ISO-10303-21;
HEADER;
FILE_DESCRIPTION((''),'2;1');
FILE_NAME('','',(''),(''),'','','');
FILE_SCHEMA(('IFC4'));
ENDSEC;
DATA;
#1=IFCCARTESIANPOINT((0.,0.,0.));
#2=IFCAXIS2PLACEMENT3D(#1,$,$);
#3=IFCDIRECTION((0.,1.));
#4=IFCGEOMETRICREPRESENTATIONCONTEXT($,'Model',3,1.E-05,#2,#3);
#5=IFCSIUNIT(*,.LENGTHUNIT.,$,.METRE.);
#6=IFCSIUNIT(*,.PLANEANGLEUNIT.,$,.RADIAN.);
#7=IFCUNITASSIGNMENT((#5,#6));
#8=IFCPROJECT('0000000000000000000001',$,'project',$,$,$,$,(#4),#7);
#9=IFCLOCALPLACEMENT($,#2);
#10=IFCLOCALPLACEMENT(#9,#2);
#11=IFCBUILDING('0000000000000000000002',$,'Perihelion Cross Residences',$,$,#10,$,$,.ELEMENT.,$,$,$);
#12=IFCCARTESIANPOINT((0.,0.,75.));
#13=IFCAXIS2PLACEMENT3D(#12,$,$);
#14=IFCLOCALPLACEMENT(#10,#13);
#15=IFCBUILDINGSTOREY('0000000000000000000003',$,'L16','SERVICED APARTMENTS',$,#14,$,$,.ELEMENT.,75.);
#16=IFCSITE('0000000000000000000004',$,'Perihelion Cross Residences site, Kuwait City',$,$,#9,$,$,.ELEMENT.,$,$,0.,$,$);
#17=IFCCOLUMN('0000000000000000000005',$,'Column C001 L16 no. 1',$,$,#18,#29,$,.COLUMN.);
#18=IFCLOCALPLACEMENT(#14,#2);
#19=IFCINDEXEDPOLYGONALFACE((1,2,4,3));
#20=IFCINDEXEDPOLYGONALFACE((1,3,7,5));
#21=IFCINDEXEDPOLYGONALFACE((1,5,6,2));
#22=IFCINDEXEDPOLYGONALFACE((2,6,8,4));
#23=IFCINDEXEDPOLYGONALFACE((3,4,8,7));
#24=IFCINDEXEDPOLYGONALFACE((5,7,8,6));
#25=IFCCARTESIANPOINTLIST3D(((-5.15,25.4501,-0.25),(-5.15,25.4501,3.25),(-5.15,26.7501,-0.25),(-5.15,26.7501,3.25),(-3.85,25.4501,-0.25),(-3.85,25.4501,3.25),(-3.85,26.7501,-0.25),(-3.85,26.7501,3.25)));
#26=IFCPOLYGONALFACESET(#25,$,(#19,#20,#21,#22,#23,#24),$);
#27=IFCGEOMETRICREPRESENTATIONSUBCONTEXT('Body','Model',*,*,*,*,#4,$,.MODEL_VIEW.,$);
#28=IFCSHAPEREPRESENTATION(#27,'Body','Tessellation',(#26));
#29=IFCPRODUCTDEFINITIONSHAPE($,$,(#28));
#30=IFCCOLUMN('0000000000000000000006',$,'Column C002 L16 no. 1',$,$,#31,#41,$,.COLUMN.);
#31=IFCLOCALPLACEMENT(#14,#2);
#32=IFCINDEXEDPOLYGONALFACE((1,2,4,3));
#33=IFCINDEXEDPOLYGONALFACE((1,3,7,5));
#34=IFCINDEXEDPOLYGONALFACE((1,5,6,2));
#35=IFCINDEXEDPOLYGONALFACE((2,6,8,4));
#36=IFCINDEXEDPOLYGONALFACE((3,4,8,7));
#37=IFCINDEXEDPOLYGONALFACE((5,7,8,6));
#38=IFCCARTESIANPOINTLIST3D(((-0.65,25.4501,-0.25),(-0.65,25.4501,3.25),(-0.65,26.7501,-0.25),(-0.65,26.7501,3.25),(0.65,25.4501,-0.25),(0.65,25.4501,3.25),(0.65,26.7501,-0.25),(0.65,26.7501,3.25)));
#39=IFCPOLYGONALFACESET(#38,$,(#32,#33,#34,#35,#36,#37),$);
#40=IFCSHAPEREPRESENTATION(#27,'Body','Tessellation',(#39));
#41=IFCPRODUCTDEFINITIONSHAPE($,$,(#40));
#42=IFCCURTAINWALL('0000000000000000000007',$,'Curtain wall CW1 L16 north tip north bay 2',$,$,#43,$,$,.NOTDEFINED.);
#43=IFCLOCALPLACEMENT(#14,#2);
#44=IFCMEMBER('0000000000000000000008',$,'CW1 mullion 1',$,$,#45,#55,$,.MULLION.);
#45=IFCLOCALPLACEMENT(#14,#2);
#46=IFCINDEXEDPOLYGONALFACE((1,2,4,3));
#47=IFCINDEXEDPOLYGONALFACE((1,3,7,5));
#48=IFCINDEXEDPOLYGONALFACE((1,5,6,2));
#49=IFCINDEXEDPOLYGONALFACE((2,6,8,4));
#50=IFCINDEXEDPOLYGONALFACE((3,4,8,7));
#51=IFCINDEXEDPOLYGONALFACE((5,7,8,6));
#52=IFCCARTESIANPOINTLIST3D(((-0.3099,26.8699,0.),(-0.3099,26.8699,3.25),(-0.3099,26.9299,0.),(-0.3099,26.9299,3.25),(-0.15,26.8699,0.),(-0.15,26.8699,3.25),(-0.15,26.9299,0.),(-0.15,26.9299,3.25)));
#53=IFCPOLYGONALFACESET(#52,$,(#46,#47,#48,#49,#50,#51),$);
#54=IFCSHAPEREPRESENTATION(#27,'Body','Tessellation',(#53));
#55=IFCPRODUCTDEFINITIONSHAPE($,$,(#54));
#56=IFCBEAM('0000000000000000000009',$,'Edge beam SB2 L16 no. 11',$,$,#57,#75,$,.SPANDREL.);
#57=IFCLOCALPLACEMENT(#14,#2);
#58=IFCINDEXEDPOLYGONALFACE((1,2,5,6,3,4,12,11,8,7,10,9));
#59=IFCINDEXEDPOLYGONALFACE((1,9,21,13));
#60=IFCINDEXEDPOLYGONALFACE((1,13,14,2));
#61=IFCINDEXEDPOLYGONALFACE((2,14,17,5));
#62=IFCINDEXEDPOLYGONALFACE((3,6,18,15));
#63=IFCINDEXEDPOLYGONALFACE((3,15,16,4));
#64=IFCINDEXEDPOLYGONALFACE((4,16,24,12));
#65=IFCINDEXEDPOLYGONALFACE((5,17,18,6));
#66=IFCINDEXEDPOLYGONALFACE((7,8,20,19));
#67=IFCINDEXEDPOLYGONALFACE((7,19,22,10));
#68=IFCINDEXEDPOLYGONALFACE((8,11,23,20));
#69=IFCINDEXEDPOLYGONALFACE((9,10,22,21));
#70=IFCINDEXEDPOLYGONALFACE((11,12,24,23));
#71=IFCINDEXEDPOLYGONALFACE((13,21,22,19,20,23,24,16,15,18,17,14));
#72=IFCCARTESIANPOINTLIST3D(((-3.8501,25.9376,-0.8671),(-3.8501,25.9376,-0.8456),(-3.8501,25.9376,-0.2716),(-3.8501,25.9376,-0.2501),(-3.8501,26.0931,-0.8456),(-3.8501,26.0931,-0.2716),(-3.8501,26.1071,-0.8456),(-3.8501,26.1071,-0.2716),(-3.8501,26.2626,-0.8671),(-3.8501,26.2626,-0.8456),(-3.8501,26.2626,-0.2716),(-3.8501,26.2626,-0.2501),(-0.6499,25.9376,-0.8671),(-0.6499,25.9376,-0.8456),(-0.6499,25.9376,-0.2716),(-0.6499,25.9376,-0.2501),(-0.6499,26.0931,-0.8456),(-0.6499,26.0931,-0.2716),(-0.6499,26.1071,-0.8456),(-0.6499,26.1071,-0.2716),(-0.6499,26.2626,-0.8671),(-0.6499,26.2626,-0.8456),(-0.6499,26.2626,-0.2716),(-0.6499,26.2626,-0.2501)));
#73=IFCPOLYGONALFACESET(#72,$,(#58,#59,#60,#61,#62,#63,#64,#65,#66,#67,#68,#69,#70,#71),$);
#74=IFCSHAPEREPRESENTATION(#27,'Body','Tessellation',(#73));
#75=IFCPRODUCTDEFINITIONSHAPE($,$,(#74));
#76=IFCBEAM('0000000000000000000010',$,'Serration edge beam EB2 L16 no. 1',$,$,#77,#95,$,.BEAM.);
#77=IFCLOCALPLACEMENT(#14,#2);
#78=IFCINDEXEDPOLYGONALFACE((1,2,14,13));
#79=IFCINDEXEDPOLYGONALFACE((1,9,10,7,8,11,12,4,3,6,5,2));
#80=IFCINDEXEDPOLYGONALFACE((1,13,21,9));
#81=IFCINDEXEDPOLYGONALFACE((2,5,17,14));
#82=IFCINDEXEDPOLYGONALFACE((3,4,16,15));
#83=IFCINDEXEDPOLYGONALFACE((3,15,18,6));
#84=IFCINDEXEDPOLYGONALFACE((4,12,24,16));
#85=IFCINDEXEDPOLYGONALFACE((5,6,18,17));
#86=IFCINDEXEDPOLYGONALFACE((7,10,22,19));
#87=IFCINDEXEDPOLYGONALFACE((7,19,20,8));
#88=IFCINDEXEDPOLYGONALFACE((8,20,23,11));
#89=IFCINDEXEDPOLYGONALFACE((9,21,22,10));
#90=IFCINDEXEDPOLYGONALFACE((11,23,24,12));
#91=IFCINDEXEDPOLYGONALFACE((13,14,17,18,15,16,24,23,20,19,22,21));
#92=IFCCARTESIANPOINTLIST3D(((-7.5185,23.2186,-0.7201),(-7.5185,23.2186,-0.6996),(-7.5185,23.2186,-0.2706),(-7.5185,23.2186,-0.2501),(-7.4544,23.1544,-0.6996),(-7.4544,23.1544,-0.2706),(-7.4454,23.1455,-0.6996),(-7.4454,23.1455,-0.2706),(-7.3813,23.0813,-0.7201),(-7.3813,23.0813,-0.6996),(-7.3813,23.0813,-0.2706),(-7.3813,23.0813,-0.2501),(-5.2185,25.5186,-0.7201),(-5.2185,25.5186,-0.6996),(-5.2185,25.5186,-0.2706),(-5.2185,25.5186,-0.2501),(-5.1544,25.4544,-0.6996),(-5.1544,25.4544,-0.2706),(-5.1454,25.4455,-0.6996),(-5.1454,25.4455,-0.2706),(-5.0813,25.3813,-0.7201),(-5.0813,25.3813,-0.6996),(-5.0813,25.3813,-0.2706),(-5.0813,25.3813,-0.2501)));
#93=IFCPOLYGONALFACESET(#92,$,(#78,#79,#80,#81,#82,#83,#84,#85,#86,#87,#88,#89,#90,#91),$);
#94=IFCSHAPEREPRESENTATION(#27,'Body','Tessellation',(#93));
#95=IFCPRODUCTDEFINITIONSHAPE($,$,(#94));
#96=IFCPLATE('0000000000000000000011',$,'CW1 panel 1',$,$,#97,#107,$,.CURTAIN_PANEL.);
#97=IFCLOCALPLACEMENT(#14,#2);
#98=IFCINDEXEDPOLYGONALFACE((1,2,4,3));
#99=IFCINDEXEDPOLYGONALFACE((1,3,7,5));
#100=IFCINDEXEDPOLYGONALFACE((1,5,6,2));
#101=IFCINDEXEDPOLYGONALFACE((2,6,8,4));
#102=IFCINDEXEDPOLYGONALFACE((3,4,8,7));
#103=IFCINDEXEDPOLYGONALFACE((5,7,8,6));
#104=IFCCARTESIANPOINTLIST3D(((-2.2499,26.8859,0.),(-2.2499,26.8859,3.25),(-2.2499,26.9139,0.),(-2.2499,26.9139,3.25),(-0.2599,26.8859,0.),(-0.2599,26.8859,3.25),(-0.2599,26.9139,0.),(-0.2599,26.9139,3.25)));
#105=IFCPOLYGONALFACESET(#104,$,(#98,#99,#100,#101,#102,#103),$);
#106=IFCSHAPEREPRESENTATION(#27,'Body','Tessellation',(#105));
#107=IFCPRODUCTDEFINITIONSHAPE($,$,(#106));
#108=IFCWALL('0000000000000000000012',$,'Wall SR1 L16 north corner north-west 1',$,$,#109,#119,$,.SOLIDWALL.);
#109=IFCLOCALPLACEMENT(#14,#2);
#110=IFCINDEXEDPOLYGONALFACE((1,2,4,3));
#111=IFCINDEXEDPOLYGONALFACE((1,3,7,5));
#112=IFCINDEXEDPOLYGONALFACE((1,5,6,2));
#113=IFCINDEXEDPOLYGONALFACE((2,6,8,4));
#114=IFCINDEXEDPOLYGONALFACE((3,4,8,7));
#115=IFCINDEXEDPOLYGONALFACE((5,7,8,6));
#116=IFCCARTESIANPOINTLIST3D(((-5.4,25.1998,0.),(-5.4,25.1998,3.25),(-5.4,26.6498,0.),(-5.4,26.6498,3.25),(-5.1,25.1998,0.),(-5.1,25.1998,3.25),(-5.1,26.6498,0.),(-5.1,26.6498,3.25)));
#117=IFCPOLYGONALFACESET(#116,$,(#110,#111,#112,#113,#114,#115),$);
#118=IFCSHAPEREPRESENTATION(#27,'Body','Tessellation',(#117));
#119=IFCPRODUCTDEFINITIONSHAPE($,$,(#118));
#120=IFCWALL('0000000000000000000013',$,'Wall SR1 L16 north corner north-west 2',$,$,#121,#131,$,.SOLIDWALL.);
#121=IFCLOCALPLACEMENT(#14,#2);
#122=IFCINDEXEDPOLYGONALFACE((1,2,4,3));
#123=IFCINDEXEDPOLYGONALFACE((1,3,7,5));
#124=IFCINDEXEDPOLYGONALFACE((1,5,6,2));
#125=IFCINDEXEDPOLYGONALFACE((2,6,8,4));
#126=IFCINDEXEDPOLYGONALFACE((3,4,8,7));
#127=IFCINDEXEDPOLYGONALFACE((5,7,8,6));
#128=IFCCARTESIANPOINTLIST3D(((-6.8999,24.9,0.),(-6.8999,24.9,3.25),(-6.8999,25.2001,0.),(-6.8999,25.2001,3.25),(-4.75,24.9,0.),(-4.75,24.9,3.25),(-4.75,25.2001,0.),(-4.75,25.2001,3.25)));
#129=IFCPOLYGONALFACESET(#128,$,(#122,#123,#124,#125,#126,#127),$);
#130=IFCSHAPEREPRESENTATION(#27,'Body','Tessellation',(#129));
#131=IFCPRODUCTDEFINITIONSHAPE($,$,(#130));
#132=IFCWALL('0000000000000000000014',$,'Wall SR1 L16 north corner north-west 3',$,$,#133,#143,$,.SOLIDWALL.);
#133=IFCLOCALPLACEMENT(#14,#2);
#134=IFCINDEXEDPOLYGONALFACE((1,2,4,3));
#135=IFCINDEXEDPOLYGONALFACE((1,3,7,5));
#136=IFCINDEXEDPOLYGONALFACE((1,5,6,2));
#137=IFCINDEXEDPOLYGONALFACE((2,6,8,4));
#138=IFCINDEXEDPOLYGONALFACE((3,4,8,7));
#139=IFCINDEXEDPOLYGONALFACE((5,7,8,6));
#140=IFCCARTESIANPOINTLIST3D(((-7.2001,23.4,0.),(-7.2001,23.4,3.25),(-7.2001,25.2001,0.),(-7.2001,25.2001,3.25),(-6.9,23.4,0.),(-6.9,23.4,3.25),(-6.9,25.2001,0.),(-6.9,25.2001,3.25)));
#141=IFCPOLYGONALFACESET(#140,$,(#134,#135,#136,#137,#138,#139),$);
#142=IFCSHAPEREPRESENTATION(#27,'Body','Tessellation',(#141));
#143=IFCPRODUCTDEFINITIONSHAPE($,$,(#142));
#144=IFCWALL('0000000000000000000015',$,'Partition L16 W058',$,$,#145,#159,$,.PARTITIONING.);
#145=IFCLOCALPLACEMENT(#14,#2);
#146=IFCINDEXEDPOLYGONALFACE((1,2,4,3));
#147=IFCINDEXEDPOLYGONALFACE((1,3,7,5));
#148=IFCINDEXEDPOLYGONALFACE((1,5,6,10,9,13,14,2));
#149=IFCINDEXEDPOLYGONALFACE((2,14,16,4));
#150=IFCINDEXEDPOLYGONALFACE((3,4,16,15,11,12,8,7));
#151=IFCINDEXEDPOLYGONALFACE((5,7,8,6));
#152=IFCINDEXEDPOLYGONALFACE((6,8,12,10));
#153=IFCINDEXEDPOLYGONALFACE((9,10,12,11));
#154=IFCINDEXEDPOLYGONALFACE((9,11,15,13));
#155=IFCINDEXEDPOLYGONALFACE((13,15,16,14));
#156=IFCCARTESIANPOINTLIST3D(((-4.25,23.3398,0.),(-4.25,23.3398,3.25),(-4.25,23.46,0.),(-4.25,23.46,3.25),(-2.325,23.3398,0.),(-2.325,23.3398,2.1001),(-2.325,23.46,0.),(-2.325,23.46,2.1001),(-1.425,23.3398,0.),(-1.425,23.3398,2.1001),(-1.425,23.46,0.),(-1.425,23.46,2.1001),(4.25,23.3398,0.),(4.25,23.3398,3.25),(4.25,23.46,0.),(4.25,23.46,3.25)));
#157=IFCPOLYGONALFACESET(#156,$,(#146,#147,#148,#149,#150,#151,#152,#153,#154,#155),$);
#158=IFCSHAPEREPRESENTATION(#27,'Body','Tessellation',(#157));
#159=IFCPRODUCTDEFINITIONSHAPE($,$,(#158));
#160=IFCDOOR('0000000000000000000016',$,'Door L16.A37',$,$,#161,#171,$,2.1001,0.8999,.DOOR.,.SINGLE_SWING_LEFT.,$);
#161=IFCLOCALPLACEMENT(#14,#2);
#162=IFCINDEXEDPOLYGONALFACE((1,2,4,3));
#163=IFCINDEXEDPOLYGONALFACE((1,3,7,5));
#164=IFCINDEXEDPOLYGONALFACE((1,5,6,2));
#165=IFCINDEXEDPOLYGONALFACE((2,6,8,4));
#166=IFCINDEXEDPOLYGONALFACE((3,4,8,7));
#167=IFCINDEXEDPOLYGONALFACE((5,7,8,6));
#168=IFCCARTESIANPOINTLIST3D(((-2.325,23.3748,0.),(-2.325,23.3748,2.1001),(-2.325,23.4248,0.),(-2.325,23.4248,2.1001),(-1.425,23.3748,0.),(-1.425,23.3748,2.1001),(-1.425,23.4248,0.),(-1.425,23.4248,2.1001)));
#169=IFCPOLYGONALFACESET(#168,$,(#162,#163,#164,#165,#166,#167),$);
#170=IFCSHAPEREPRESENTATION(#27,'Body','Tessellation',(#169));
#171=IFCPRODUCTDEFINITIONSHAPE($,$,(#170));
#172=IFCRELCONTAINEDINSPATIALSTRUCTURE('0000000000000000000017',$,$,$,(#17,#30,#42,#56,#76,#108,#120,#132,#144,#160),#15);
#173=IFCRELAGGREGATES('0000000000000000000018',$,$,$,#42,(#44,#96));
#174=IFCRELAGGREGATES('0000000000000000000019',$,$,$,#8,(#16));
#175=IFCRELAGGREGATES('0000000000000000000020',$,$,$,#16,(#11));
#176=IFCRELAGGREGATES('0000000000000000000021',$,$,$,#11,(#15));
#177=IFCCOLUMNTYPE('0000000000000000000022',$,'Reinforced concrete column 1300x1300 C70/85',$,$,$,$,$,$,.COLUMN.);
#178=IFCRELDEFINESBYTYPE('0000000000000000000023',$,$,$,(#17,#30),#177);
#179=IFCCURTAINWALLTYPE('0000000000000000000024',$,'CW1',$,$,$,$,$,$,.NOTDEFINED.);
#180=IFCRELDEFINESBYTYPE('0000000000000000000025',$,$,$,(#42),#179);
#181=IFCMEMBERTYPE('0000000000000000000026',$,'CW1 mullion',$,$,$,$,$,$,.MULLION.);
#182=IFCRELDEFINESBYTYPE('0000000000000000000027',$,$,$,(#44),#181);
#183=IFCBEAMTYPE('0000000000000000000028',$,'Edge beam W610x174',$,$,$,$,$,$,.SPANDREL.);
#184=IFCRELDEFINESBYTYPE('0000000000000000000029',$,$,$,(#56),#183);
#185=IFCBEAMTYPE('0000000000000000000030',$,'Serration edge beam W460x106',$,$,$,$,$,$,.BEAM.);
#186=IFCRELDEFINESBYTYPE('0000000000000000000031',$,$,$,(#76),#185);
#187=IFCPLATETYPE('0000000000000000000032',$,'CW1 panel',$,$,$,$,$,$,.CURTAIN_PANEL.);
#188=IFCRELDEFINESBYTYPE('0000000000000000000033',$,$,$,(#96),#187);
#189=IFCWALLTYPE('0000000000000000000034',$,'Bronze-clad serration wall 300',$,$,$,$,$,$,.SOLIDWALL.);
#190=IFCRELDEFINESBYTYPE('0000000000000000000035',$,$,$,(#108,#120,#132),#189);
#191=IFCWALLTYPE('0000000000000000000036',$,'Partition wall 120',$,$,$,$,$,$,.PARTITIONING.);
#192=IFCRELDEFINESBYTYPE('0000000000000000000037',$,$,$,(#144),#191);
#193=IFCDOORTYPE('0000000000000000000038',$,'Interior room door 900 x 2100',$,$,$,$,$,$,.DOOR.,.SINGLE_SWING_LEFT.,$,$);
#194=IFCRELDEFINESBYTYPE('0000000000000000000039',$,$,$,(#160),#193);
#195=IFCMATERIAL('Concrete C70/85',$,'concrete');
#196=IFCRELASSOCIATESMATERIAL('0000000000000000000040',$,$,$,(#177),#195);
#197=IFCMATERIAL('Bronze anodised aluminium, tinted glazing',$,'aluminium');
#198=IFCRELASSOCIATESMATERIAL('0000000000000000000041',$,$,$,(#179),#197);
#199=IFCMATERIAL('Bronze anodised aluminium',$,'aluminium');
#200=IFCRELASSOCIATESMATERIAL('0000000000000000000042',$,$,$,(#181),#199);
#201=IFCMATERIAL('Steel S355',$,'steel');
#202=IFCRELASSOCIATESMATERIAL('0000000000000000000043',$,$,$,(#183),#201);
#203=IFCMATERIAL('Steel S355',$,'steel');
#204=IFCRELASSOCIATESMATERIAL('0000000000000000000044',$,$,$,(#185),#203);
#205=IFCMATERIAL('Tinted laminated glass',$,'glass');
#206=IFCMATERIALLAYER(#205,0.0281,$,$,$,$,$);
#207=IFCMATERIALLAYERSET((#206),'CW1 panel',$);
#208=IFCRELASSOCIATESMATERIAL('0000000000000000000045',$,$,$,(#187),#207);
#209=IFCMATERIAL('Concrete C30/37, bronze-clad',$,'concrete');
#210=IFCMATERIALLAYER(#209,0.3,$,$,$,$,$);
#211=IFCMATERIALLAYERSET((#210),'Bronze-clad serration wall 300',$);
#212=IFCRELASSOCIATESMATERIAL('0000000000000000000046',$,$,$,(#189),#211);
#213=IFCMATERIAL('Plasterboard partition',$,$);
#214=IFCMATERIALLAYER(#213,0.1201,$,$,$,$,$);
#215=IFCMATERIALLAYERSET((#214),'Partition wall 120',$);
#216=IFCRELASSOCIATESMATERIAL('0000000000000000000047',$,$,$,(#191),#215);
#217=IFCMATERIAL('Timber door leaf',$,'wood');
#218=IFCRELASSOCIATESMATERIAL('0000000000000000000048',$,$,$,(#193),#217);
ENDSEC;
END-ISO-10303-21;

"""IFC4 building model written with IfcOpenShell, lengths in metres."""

from ifc_helpers import new_model, si_unit, direction, frame, frame_2d, origin, origin_2d, place, context, subcontext, project, spatial, rectangle, i_section, extrude, material, layer, layer_set, material_profile, profile_set, type_object, element, fill, aggregate, save


model = new_model("IFC4")

# Units and contexts
model_context = context("Model", 3, precision=1e-05, world=origin(), true_north=direction((0.0, 1.0)))
body_context = subcontext(model_context, "Body", "Model", "MODEL_VIEW")
ifc_project = project(units=[si_unit("LENGTHUNIT", "METRE"), si_unit("PLANEANGLEUNIT", "RADIAN")], contexts=[model_context])

# Site, building, storey
site_placement = place(None, origin())
site = spatial("IfcSite", under=ifc_project, at=site_placement, Name="Perihelion Cross Residences site, Kuwait City", CompositionType="ELEMENT", RefElevation=0.0)
building_placement = place(site_placement, origin())
building = spatial("IfcBuilding", under=site, at=building_placement, Name="Perihelion Cross Residences", CompositionType="ELEMENT")
storey_placement = place(building_placement, frame((0.0, 0.0, 75.0)))
storey = spatial("IfcBuildingStorey", under=building, at=storey_placement, Name="L16", Description="SERVICED APARTMENTS", CompositionType="ELEMENT", Elevation=75.0)

# Columns
ifc_material_1 = material(Name="Concrete C70/85", Category="concrete")
ifc_material_profile_1 = material_profile(ifc_material_1, rectangle(XDim=1.3, YDim=1.3, at=origin_2d()), Name="RC 1300x1300")
ifc_profile_set_1 = profile_set([ifc_material_profile_1], Name="Concrete C70/85")
column_type = type_object("IfcColumnType", Name="Reinforced concrete column 1300x1300 C70/85", PredefinedType="COLUMN", material=ifc_profile_set_1)
for number, where, z_axis, x_axis, name in (
    (1, (-4.5, 26.1001, -0.25), (0.0, 0.0, 1.0), (1.0, 0.0, 0.0), "Column C001 L16 no. 1"),
    (2, (0.0, 26.1001, -0.25), (0.0, 0.0, 1.0), (1.0, 0.0, 0.0), "Column C002 L16 no. 1"),
):
    element("IfcColumn", number, at=place(storey_placement, frame(where, z_axis=z_axis, x_axis=x_axis)), inside=storey, type_object=column_type, Name=name, PredefinedType="COLUMN", context=body_context, shape_type="SweptSolid", body=[
        extrude(rectangle(XDim=1.3, YDim=1.3, at=origin_2d()), origin(), (0.0, 0.0, 1.0), 3.5),
    ])

# Curtain wall, member
ifc_material_2 = material(Name="Bronze anodised aluminium, tinted glazing", Category="aluminium")
curtain_wall_type = type_object("IfcCurtainWallType", Name="CW1", PredefinedType="NOTDEFINED", material=ifc_material_2)
curtain_wall_placement = place(storey_placement, origin())
curtain_wall = element("IfcCurtainWall", 3, at=curtain_wall_placement, inside=storey, type_object=curtain_wall_type, Name="Curtain wall CW1 L16 north tip north bay 2", PredefinedType="NOTDEFINED")
ifc_material_3 = material(Name="Bronze anodised aluminium", Category="aluminium")
ifc_material_profile_2 = material_profile(ifc_material_3, rectangle(XDim=0.0601, YDim=0.1599, at=origin_2d()), Name="CW1 mullion")
ifc_profile_set_2 = profile_set([ifc_material_profile_2], Name="Bronze anodised aluminium")
member_type = type_object("IfcMemberType", Name="CW1 mullion", PredefinedType="MULLION", material=ifc_profile_set_2)
member_placement = place(storey_placement, frame((-0.23, 26.8999, 0.0), z_axis=(0.0, 0.0, 1.0), x_axis=(0.0, -1.0, 0.0)))
member = element("IfcMember", 4, at=member_placement, type_object=member_type, Name="CW1 mullion 1", PredefinedType="MULLION", context=body_context, shape_type="SweptSolid", body=[
    extrude(rectangle(XDim=0.0601, YDim=0.1599, at=origin_2d()), origin(), (0.0, 0.0, 1.0), 3.25),
])

# Beams
ifc_material_4 = material(Name="Steel S355", Category="steel")
ifc_material_profile_3 = material_profile(ifc_material_4, i_section(OverallWidth=0.325, OverallDepth=0.6169, WebThickness=0.0139, FlangeThickness=0.0215, at=origin_2d()), Name="W610x174")
ifc_profile_set_3 = profile_set([ifc_material_profile_3], Name="Steel S355")
beam_type_1 = type_object("IfcBeamType", Name="Edge beam W610x174", PredefinedType="SPANDREL", material=ifc_profile_set_3)
beam_1_placement = place(storey_placement, frame((-0.6499, 26.1001, -0.5586), z_axis=(-1.0, 0.0, 0.0), x_axis=(0.0, -1.0, 0.0)))
element("IfcBeam", 5, at=beam_1_placement, inside=storey, type_object=beam_type_1, Name="Edge beam SB2 L16 no. 11", PredefinedType="SPANDREL", context=body_context, shape_type="SweptSolid", body=[
    extrude(i_section(OverallWidth=0.325, OverallDepth=0.6169, WebThickness=0.0139, FlangeThickness=0.0215, at=origin_2d()), origin(), (0.0, 0.0, 1.0), 3.2002),
])
ifc_material_5 = material(Name="Steel S355", Category="steel")
ifc_material_profile_4 = material_profile(ifc_material_5, i_section(OverallWidth=0.1941, OverallDepth=0.47, WebThickness=0.0127, FlangeThickness=0.0205, at=origin_2d()), Name="W460x106")
ifc_profile_set_4 = profile_set([ifc_material_profile_4], Name="Steel S355")
beam_type_2 = type_object("IfcBeamType", Name="Serration edge beam W460x106", PredefinedType="BEAM", material=ifc_profile_set_4)
beam_2_placement = place(storey_placement, frame((-5.1499, 25.45, -0.4851), z_axis=(-0.707107, -0.707107, 0.0), x_axis=(0.707107, -0.707107, 0.0)))
element("IfcBeam", 6, at=beam_2_placement, inside=storey, type_object=beam_type_2, Name="Serration edge beam EB2 L16 no. 1", PredefinedType="BEAM", context=body_context, shape_type="SweptSolid", body=[
    extrude(i_section(OverallWidth=0.1941, OverallDepth=0.47, WebThickness=0.0127, FlangeThickness=0.0205, at=origin_2d()), origin(), (0.0, 0.0, 1.0), 3.2527),
])

# Plate
ifc_material_6 = material(Name="Tinted laminated glass", Category="glass")
ifc_layer_1 = layer(ifc_material_6, 0.0281)
ifc_layer_set_1 = layer_set([ifc_layer_1], Name="CW1 panel")
plate_type = type_object("IfcPlateType", Name="CW1 panel", PredefinedType="CURTAIN_PANEL", material=ifc_layer_set_1)
plate_placement = place(storey_placement, frame((-1.2549, 26.8999, 0.0), z_axis=(0.0, 0.0, 1.0), x_axis=(-1.0, 0.0, 0.0)))
plate = element("IfcPlate", 7, at=plate_placement, type_object=plate_type, Name="CW1 panel 1", PredefinedType="CURTAIN_PANEL", context=body_context, shape_type="SweptSolid", body=[
    extrude(rectangle(XDim=1.99, YDim=0.0281, at=origin_2d()), origin(), (0.0, 0.0, 1.0), 3.25),
])
aggregate(curtain_wall, [member, plate])

# Walls
ifc_material_7 = material(Name="Concrete C30/37, bronze-clad", Category="concrete")
ifc_layer_2 = layer(ifc_material_7, 0.3)
ifc_layer_set_2 = layer_set([ifc_layer_2], Name="Bronze-clad serration wall 300")
wall_type_1 = type_object("IfcWallType", Name="Bronze-clad serration wall 300", PredefinedType="SOLIDWALL", material=ifc_layer_set_2)
wall_1_placement = place(storey_placement, frame((-5.25, 26.6499, 0.0), z_axis=(0.0, 0.0, 1.0), x_axis=(0.0, -1.0, 0.0)))
element("IfcWall", 8, at=wall_1_placement, inside=storey, type_object=wall_type_1, Name="Wall SR1 L16 north corner north-west 1", PredefinedType="SOLIDWALL", context=body_context, shape_type="SweptSolid", body=[
    extrude(rectangle(XDim=1.45, YDim=0.3, at=frame_2d((0.7251, 0.0))), origin(), (0.0, 0.0, 1.0), 3.25),
])
wall_2_placement = place(storey_placement, frame((-4.75, 25.05, 0.0), z_axis=(0.0, 0.0, 1.0), x_axis=(-1.0, 0.0, 0.0)))
element("IfcWall", 9, at=wall_2_placement, inside=storey, type_object=wall_type_1, Name="Wall SR1 L16 north corner north-west 2", PredefinedType="SOLIDWALL", context=body_context, shape_type="SweptSolid", body=[
    extrude(rectangle(XDim=2.1499, YDim=0.3, at=frame_2d((1.075, 0.0))), origin(), (0.0, 0.0, 1.0), 3.25),
])
wall_3_placement = place(storey_placement, frame((-7.05, 25.2, 0.0), z_axis=(0.0, 0.0, 1.0), x_axis=(0.0, -1.0, 0.0)))
element("IfcWall", 10, at=wall_3_placement, inside=storey, type_object=wall_type_1, Name="Wall SR1 L16 north corner north-west 3", PredefinedType="SOLIDWALL", context=body_context, shape_type="SweptSolid", body=[
    extrude(rectangle(XDim=1.8, YDim=0.3, at=frame_2d((0.8999, 0.0))), origin(), (0.0, 0.0, 1.0), 3.25),
])

# Wall, opening, door
ifc_material_8 = material(Name="Plasterboard partition")
ifc_layer_3 = layer(ifc_material_8, 0.1201)
ifc_layer_set_3 = layer_set([ifc_layer_3], Name="Partition wall 120")
wall_type_2 = type_object("IfcWallType", Name="Partition wall 120", PredefinedType="PARTITIONING", material=ifc_layer_set_3)
wall_4_placement = place(storey_placement, frame((-4.25, 23.3999, 0.0), z_axis=(0.0, 0.0, 1.0), x_axis=(1.0, 0.0, 0.0)))
wall_4 = element("IfcWall", 11, at=wall_4_placement, inside=storey, type_object=wall_type_2, Name="Partition L16 W058", PredefinedType="PARTITIONING", context=body_context, shape_type="SweptSolid", body=[
    extrude(rectangle(XDim=8.5, YDim=0.1201, at=frame_2d((4.25, 0.0))), origin(), (0.0, 0.0, 1.0), 3.25),
])
opening_1_placement = place(wall_4_placement, frame((1.925, 0.0, 0.0)))
opening_1 = element("IfcOpeningElement", 12, at=opening_1_placement, cuts=wall_4, PredefinedType="OPENING", context=body_context, shape_type="SweptSolid", body=[
    extrude(rectangle(XDim=0.8999, YDim=2.1001, at=frame_2d((0.45, 1.05))), frame((0.0, 0.0701, 0.0), z_axis=(0.0, -1.0, 0.0), x_axis=(1.0, 0.0, 0.0)), (0.0, 0.0, 1.0), 0.1401),
])
ifc_material_9 = material(Name="Timber door leaf", Category="wood")
door_type_1 = type_object("IfcDoorType", Name="Interior room door 900 x 2100", OperationType="SINGLE_SWING_LEFT", PredefinedType="DOOR", material=ifc_material_9)
door_1_placement = place(opening_1_placement, origin())
door_1 = element("IfcDoor", 13, at=door_1_placement, inside=storey, type_object=door_type_1, Name="Door L16.A37", OperationType="SINGLE_SWING_LEFT", OverallHeight=2.1001, OverallWidth=0.8999, PredefinedType="DOOR", context=body_context, shape_type="SweptSolid", body=[
    extrude(rectangle(XDim=0.8999, YDim=2.1001, at=frame_2d((0.45, 1.05))), frame((0.0, 0.0249, 0.0), z_axis=(0.0, -1.0, 0.0), x_axis=(1.0, 0.0, 0.0)), (0.0, 0.0, 1.0), 0.05),
])
fill(opening_1, door_1)

save(model, "model.ifc")
